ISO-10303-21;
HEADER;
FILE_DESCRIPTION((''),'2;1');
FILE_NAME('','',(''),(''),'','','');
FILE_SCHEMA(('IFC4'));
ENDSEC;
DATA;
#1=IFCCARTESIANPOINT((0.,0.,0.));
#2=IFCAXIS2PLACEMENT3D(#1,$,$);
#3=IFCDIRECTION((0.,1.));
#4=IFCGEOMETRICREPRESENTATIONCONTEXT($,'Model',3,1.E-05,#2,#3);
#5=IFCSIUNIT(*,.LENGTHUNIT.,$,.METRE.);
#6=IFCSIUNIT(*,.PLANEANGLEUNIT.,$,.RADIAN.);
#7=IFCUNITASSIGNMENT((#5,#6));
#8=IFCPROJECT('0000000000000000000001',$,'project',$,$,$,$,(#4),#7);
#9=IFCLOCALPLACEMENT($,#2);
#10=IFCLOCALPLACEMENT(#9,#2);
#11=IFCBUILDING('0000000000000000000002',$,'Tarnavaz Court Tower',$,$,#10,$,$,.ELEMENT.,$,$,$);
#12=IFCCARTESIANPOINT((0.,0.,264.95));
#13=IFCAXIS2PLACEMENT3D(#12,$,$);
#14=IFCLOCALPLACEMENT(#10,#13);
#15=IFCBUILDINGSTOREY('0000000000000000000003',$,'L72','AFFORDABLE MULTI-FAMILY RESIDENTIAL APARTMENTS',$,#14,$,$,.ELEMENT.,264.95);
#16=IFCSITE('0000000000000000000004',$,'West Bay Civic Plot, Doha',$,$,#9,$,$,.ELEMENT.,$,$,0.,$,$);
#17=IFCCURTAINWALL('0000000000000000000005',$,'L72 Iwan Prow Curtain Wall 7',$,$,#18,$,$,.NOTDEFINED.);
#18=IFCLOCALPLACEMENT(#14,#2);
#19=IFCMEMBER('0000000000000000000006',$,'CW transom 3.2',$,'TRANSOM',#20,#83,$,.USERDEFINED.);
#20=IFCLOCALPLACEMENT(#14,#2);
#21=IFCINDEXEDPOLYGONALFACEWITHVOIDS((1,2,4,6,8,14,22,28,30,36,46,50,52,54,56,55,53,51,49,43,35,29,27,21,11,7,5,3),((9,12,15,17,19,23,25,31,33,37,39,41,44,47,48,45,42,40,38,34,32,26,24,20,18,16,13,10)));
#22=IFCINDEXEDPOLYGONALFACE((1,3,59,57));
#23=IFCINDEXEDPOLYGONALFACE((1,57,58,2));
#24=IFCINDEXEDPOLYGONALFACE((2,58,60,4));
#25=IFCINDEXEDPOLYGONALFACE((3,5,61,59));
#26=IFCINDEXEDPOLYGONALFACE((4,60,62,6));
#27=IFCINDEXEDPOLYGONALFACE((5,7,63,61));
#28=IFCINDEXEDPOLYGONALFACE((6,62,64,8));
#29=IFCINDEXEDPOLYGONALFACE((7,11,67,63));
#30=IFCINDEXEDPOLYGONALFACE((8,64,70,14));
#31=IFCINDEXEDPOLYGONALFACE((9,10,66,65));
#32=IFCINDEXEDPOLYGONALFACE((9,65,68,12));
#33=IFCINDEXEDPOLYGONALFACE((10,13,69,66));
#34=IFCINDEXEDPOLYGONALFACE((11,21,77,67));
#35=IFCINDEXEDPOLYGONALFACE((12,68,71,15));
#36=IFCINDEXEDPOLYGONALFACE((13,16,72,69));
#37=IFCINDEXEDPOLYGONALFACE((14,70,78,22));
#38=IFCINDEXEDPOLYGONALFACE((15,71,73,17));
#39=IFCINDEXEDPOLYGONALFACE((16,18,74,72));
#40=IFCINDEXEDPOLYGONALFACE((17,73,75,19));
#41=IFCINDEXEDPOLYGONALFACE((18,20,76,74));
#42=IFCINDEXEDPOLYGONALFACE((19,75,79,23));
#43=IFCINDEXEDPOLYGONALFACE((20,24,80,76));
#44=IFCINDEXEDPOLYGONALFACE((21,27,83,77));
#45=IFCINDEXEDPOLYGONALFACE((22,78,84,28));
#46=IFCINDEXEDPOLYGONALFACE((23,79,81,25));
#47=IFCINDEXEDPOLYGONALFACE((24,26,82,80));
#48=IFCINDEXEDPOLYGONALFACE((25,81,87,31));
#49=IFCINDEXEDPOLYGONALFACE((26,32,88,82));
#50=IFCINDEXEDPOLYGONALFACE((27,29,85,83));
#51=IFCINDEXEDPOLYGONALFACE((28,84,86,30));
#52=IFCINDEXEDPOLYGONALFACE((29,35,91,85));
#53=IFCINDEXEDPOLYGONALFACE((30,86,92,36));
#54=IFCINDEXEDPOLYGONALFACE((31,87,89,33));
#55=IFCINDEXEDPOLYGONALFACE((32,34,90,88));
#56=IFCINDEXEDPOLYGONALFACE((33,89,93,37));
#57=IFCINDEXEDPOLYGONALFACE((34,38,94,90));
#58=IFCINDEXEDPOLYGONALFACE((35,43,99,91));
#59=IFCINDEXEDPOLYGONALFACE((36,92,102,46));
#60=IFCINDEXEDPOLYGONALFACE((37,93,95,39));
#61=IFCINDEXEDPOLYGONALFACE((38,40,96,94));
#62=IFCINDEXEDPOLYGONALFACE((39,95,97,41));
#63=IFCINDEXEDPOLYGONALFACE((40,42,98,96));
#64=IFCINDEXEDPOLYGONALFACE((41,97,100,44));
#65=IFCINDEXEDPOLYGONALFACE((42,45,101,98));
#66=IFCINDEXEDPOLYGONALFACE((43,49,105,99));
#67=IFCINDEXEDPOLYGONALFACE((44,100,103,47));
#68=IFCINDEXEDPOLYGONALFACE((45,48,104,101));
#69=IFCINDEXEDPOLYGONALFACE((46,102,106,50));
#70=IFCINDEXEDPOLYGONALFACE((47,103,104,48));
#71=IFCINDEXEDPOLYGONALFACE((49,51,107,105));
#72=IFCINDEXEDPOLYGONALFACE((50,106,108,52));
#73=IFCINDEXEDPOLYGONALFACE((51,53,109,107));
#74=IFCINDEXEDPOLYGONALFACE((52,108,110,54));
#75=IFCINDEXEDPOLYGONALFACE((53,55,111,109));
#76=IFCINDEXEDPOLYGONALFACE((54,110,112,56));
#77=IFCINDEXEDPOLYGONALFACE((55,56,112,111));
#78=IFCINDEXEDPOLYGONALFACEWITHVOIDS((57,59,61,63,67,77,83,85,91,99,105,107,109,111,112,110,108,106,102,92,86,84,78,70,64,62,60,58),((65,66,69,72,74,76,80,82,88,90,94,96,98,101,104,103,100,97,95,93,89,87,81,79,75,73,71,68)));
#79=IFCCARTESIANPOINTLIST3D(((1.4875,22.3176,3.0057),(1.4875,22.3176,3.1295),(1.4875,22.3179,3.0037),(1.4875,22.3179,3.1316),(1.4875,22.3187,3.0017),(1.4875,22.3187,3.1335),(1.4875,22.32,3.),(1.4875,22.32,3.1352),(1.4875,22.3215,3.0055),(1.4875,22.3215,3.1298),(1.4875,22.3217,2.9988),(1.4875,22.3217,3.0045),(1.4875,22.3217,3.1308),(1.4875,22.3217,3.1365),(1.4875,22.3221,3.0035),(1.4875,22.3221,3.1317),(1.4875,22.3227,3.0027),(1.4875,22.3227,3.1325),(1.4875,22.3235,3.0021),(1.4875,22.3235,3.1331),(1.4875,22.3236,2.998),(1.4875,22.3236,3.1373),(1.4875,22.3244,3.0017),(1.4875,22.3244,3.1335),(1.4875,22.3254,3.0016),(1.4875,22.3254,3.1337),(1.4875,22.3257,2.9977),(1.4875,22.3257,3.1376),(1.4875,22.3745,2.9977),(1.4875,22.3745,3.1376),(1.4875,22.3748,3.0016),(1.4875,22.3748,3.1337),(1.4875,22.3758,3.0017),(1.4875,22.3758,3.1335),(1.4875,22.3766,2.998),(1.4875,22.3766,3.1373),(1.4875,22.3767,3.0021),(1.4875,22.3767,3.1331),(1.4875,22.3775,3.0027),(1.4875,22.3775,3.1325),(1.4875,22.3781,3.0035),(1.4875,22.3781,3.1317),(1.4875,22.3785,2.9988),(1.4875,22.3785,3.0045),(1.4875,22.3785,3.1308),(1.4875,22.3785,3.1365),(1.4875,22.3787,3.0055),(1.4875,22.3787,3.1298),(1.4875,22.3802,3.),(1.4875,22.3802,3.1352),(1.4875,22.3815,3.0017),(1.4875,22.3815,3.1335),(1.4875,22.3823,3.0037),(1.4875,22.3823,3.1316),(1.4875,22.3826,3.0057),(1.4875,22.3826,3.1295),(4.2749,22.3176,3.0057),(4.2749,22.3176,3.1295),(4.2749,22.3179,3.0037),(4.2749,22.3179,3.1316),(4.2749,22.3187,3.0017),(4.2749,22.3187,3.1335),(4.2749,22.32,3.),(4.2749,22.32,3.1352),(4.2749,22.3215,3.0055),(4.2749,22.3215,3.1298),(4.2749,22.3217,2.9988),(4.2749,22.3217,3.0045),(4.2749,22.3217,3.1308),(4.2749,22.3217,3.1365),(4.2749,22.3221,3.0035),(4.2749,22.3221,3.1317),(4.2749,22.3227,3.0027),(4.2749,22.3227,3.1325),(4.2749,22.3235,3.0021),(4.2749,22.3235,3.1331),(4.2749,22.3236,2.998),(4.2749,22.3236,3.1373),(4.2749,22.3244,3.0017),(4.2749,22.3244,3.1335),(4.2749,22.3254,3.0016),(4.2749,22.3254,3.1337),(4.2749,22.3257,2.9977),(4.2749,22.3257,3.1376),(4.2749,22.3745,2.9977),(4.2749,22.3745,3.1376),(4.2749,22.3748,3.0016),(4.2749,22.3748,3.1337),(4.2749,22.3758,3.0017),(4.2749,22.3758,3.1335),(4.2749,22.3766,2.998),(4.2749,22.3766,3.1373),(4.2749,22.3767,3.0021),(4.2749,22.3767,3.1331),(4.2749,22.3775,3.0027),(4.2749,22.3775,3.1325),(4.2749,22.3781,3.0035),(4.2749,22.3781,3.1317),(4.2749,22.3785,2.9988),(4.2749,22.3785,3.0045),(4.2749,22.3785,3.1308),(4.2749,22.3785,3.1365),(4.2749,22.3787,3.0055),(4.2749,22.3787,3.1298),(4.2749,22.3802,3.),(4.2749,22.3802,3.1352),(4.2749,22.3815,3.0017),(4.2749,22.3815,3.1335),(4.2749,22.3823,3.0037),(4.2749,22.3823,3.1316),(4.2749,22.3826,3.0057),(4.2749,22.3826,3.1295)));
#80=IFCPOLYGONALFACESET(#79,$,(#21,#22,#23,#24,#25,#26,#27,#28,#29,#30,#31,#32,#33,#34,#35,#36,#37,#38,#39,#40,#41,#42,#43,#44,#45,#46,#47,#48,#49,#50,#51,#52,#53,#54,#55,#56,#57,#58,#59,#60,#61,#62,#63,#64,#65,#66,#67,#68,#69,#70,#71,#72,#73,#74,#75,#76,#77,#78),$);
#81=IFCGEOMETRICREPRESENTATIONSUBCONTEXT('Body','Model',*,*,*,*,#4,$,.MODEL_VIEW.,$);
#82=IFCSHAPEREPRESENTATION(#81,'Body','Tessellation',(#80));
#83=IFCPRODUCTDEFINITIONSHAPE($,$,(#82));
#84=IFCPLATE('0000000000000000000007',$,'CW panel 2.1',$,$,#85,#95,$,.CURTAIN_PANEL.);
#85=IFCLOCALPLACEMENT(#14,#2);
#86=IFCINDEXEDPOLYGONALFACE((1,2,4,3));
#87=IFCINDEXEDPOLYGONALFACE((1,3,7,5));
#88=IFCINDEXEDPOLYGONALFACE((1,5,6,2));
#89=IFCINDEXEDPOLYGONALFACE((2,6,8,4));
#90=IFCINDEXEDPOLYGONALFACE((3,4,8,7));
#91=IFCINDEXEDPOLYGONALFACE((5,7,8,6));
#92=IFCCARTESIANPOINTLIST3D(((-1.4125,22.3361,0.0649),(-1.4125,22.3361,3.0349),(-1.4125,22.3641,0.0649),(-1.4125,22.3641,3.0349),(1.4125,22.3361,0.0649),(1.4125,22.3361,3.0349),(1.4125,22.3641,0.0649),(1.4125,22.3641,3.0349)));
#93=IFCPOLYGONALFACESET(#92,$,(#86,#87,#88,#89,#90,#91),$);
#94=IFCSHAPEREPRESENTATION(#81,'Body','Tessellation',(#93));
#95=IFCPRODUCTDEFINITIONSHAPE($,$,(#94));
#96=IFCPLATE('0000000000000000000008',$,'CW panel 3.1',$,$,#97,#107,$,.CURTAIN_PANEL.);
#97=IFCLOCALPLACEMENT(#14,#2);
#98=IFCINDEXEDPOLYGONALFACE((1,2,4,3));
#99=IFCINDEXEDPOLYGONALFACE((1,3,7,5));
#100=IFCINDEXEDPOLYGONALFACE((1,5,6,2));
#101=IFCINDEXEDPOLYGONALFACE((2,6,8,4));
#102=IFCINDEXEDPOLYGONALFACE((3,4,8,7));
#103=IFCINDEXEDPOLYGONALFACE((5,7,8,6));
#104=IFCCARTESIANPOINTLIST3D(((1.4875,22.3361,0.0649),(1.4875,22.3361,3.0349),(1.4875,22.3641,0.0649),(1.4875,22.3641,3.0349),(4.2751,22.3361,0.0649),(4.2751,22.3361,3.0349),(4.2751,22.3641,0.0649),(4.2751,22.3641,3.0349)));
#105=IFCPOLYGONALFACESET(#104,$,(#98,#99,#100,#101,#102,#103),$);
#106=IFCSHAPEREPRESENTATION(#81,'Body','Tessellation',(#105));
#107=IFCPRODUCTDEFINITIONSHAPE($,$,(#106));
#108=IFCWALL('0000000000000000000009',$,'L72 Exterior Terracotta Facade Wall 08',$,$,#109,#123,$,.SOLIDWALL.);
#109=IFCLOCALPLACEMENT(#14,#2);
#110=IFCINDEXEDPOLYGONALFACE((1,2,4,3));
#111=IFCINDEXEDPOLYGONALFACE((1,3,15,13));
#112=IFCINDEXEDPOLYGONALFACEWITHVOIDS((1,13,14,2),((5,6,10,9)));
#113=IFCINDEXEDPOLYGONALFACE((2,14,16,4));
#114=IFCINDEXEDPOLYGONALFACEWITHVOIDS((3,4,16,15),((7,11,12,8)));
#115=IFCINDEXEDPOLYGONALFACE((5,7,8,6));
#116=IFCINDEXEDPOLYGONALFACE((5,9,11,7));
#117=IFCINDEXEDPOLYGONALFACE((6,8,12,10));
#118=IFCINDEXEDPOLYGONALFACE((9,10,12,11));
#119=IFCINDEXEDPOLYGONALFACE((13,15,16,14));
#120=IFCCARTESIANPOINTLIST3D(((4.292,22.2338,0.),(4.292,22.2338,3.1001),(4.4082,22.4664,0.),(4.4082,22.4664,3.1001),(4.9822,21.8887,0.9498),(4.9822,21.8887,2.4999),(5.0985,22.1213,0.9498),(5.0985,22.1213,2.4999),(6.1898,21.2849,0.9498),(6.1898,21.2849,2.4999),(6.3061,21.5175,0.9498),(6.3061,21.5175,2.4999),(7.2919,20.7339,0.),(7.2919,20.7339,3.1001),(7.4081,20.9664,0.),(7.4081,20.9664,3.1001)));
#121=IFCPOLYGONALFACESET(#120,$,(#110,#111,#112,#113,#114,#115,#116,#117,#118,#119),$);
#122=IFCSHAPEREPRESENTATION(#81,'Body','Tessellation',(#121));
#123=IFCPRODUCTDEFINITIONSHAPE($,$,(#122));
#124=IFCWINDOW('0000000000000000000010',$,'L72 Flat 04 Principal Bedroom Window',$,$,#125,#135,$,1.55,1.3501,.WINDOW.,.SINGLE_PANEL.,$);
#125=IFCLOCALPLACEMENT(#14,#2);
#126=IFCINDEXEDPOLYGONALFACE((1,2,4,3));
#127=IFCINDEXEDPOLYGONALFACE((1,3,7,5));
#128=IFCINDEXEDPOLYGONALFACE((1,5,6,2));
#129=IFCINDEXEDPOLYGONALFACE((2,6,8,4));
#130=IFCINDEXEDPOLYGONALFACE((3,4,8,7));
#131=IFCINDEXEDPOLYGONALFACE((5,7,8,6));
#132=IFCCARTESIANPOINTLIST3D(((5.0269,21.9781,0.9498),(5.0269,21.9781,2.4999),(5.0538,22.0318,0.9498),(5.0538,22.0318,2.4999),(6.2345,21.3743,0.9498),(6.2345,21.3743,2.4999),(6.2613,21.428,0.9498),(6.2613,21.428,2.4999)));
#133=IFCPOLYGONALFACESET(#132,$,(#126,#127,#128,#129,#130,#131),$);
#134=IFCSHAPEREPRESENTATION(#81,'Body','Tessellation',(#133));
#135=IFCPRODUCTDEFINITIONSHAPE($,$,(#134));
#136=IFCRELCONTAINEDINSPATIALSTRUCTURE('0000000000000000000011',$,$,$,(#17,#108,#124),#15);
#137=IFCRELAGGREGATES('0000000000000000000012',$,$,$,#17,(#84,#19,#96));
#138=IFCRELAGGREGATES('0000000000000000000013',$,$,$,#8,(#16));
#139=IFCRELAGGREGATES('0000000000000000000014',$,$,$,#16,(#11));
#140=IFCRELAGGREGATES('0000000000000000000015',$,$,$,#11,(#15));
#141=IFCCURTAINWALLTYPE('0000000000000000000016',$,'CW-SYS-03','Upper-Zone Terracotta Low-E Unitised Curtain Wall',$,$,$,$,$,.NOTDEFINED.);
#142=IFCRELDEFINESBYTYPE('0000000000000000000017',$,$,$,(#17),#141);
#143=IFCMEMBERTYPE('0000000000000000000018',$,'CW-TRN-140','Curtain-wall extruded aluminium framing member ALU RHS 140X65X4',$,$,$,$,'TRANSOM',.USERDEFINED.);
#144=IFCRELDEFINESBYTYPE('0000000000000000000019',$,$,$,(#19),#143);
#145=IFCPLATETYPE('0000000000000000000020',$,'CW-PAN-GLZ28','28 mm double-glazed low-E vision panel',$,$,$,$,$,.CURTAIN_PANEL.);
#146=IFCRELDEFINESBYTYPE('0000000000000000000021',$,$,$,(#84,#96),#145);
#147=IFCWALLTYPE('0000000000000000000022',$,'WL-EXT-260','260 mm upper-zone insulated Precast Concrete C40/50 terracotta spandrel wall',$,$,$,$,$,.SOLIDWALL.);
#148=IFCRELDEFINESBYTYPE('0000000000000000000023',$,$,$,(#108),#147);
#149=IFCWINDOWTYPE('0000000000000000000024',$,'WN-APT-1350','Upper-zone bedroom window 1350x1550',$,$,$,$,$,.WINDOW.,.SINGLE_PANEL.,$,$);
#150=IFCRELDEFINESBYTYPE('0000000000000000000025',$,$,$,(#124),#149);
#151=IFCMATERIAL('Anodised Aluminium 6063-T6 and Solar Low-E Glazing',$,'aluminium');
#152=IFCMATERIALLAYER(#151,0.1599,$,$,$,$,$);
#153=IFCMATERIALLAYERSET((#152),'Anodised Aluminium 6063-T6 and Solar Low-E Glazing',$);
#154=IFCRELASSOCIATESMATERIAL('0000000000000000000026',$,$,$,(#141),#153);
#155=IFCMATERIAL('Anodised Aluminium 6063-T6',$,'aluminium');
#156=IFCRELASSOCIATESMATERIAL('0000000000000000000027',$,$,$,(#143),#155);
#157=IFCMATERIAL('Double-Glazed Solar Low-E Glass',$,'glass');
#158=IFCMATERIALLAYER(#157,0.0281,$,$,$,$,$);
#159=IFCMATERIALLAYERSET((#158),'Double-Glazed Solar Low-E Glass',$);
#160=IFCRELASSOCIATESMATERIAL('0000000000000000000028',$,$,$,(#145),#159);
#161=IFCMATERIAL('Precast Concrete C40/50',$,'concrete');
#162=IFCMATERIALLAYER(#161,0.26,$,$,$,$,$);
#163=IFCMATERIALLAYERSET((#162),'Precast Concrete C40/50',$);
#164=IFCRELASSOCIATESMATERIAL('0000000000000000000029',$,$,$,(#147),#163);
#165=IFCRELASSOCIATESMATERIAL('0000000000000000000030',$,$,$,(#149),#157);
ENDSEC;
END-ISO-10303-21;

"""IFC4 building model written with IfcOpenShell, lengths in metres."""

from ifc_helpers import new_model, si_unit, direction, frame, frame_2d, origin, origin_2d, place, context, subcontext, project, spatial, rectangle, hollow_rectangle, extrude, material, layer, layer_set, material_profile, profile_set, type_object, element, fill, aggregate, save


model = new_model("IFC4")

# Units and contexts
model_context = context("Model", 3, precision=1e-05, world=origin(), true_north=direction((0.0, 1.0)))
body_context = subcontext(model_context, "Body", "Model", "MODEL_VIEW")
ifc_project = project(units=[si_unit("LENGTHUNIT", "METRE"), si_unit("PLANEANGLEUNIT", "RADIAN")], contexts=[model_context])

# Site, building, storey
site_placement = place(None, origin())
site = spatial("IfcSite", under=ifc_project, at=site_placement, Name="West Bay Civic Plot, Doha", CompositionType="ELEMENT", RefElevation=0.0)
building_placement = place(site_placement, origin())
building = spatial("IfcBuilding", under=site, at=building_placement, Name="Tarnavaz Court Tower", CompositionType="ELEMENT")
storey_placement = place(building_placement, frame((0.0, 0.0, 264.95)))
storey = spatial("IfcBuildingStorey", under=building, at=storey_placement, Name="L72", Description="AFFORDABLE MULTI-FAMILY RESIDENTIAL APARTMENTS", CompositionType="ELEMENT", Elevation=264.95)

# Curtain wall, member, plates
ifc_material_1 = material(Name="Anodised Aluminium 6063-T6 and Solar Low-E Glazing", Category="aluminium")
ifc_layer_1 = layer(ifc_material_1, 0.1599)
ifc_layer_set_1 = layer_set([ifc_layer_1], Name="Anodised Aluminium 6063-T6 and Solar Low-E Glazing")
curtain_wall_type = type_object("IfcCurtainWallType", Name="CW-SYS-03", Description="Upper-Zone Terracotta Low-E Unitised Curtain Wall", PredefinedType="NOTDEFINED", material=ifc_layer_set_1)
curtain_wall_placement = place(storey_placement, origin())
curtain_wall = element("IfcCurtainWall", 1, at=curtain_wall_placement, inside=storey, type_object=curtain_wall_type, Name="L72 Iwan Prow Curtain Wall 7", PredefinedType="NOTDEFINED")
ifc_material_2 = material(Name="Anodised Aluminium 6063-T6", Category="aluminium")
ifc_material_profile_1 = material_profile(ifc_material_2, hollow_rectangle(XDim=0.0649, YDim=0.1399, WallThickness=0.0039, InnerFilletRadius=0.0039, OuterFilletRadius=0.0081, at=origin_2d()), Name="ALU RHS 140X65X4")
ifc_profile_set_1 = profile_set([ifc_material_profile_1], Name="Anodised Aluminium 6063-T6")
member_type_1 = type_object("IfcMemberType", Name="CW-TRN-140", Description="Curtain-wall extruded aluminium framing member ALU RHS 140X65X4", ElementType="TRANSOM", PredefinedType="USERDEFINED", material=ifc_profile_set_1)
member_1_placement = place(storey_placement, frame((1.4875, 22.3501, 3.0676), z_axis=(1.0, 0.0, 0.0), x_axis=(0.0, 1.0, 0.0)))
member_1 = element("IfcMember", 2, at=member_1_placement, type_object=member_type_1, Name="CW transom 3.2", ObjectType="TRANSOM", PredefinedType="USERDEFINED", context=body_context, shape_type="SweptSolid", body=[
    extrude(hollow_rectangle(XDim=0.0649, YDim=0.1399, WallThickness=0.0039, InnerFilletRadius=0.0039, OuterFilletRadius=0.0081, at=origin_2d()), origin(), (0.0, 0.0, 1.0), 2.7874),
])
ifc_material_3 = material(Name="Double-Glazed Solar Low-E Glass", Category="glass")
ifc_layer_2 = layer(ifc_material_3, 0.0281)
ifc_layer_set_2 = layer_set([ifc_layer_2], Name="Double-Glazed Solar Low-E Glass")
plate_type = type_object("IfcPlateType", Name="CW-PAN-GLZ28", Description="28 mm double-glazed low-E vision panel", PredefinedType="CURTAIN_PANEL", material=ifc_layer_set_2)
plate_1_placement = place(storey_placement, frame((0.0, 22.3501, 0.0649), z_axis=(0.0, 0.0, 1.0), x_axis=(1.0, 0.0, 0.0)))
plate_1 = element("IfcPlate", 3, at=plate_1_placement, type_object=plate_type, Name="CW panel 2.1", PredefinedType="CURTAIN_PANEL", context=body_context, shape_type="SweptSolid", body=[
    extrude(rectangle(XDim=2.825, YDim=0.0281, at=origin_2d()), origin(), (0.0, 0.0, 1.0), 2.97),
])
plate_2_placement = place(storey_placement, frame((2.8813, 22.3501, 0.0649), z_axis=(0.0, 0.0, 1.0), x_axis=(1.0, 0.0, 0.0)))
plate_2 = element("IfcPlate", 4, at=plate_2_placement, type_object=plate_type, Name="CW panel 3.1", PredefinedType="CURTAIN_PANEL", context=body_context, shape_type="SweptSolid", body=[
    extrude(rectangle(XDim=2.7876, YDim=0.0281, at=origin_2d()), origin(), (0.0, 0.0, 1.0), 2.97),
])
aggregate(curtain_wall, [plate_1, member_1, plate_2])

# Wall, opening, window
ifc_material_4 = material(Name="Precast Concrete C40/50", Category="concrete")
ifc_layer_3 = layer(ifc_material_4, 0.26)
ifc_layer_set_3 = layer_set([ifc_layer_3], Name="Precast Concrete C40/50")
wall_type_1 = type_object("IfcWallType", Name="WL-EXT-260", Description="260 mm upper-zone insulated Precast Concrete C40/50 terracotta spandrel wall", PredefinedType="SOLIDWALL", material=ifc_layer_set_3)
wall_1_placement = place(storey_placement, frame((4.3501, 22.3501, 0.0), z_axis=(0.0, 0.0, 1.0), x_axis=(0.894427, -0.447214, 0.0)))
wall_1 = element("IfcWall", 5, at=wall_1_placement, inside=storey, type_object=wall_type_1, Name="L72 Exterior Terracotta Facade Wall 08", PredefinedType="SOLIDWALL", context=body_context, shape_type="SweptSolid", body=[
    extrude(rectangle(XDim=3.354, YDim=0.26, at=frame_2d((1.677, 0.0))), origin(), (0.0, 0.0, 1.0), 3.1001),
])
opening_1_placement = place(wall_1_placement, frame((0.7717, 0.0, 0.95)))
opening_1 = element("IfcOpeningElement", 6, at=opening_1_placement, cuts=wall_1, PredefinedType="OPENING", context=body_context, shape_type="SweptSolid", body=[
    extrude(rectangle(XDim=1.3501, YDim=1.55, at=frame_2d((0.675, 0.7749))), frame((0.0, 0.1399, 0.0), z_axis=(0.0, -1.0, 0.0), x_axis=(1.0, 0.0, 0.0)), (0.0, 0.0, 1.0), 0.28),
])
window_type_1 = type_object("IfcWindowType", Name="WN-APT-1350", Description="Upper-zone bedroom window 1350x1550", PartitioningType="SINGLE_PANEL", PredefinedType="WINDOW", material=ifc_material_3)
window_1_placement = place(opening_1_placement, origin())
window_1 = element("IfcWindow", 7, at=window_1_placement, inside=storey, type_object=window_type_1, Name="L72 Flat 04 Principal Bedroom Window", OverallHeight=1.55, OverallWidth=1.3501, PartitioningType="SINGLE_PANEL", PredefinedType="WINDOW", context=body_context, shape_type="SweptSolid", body=[
    extrude(rectangle(XDim=1.3501, YDim=1.55, at=frame_2d((0.675, 0.7749))), frame((0.0, 0.03, 0.0), z_axis=(0.0, -1.0, 0.0), x_axis=(1.0, 0.0, 0.0)), (0.0, 0.0, 1.0), 0.0601),
])
fill(opening_1, window_1)

save(model, "model.ifc")
